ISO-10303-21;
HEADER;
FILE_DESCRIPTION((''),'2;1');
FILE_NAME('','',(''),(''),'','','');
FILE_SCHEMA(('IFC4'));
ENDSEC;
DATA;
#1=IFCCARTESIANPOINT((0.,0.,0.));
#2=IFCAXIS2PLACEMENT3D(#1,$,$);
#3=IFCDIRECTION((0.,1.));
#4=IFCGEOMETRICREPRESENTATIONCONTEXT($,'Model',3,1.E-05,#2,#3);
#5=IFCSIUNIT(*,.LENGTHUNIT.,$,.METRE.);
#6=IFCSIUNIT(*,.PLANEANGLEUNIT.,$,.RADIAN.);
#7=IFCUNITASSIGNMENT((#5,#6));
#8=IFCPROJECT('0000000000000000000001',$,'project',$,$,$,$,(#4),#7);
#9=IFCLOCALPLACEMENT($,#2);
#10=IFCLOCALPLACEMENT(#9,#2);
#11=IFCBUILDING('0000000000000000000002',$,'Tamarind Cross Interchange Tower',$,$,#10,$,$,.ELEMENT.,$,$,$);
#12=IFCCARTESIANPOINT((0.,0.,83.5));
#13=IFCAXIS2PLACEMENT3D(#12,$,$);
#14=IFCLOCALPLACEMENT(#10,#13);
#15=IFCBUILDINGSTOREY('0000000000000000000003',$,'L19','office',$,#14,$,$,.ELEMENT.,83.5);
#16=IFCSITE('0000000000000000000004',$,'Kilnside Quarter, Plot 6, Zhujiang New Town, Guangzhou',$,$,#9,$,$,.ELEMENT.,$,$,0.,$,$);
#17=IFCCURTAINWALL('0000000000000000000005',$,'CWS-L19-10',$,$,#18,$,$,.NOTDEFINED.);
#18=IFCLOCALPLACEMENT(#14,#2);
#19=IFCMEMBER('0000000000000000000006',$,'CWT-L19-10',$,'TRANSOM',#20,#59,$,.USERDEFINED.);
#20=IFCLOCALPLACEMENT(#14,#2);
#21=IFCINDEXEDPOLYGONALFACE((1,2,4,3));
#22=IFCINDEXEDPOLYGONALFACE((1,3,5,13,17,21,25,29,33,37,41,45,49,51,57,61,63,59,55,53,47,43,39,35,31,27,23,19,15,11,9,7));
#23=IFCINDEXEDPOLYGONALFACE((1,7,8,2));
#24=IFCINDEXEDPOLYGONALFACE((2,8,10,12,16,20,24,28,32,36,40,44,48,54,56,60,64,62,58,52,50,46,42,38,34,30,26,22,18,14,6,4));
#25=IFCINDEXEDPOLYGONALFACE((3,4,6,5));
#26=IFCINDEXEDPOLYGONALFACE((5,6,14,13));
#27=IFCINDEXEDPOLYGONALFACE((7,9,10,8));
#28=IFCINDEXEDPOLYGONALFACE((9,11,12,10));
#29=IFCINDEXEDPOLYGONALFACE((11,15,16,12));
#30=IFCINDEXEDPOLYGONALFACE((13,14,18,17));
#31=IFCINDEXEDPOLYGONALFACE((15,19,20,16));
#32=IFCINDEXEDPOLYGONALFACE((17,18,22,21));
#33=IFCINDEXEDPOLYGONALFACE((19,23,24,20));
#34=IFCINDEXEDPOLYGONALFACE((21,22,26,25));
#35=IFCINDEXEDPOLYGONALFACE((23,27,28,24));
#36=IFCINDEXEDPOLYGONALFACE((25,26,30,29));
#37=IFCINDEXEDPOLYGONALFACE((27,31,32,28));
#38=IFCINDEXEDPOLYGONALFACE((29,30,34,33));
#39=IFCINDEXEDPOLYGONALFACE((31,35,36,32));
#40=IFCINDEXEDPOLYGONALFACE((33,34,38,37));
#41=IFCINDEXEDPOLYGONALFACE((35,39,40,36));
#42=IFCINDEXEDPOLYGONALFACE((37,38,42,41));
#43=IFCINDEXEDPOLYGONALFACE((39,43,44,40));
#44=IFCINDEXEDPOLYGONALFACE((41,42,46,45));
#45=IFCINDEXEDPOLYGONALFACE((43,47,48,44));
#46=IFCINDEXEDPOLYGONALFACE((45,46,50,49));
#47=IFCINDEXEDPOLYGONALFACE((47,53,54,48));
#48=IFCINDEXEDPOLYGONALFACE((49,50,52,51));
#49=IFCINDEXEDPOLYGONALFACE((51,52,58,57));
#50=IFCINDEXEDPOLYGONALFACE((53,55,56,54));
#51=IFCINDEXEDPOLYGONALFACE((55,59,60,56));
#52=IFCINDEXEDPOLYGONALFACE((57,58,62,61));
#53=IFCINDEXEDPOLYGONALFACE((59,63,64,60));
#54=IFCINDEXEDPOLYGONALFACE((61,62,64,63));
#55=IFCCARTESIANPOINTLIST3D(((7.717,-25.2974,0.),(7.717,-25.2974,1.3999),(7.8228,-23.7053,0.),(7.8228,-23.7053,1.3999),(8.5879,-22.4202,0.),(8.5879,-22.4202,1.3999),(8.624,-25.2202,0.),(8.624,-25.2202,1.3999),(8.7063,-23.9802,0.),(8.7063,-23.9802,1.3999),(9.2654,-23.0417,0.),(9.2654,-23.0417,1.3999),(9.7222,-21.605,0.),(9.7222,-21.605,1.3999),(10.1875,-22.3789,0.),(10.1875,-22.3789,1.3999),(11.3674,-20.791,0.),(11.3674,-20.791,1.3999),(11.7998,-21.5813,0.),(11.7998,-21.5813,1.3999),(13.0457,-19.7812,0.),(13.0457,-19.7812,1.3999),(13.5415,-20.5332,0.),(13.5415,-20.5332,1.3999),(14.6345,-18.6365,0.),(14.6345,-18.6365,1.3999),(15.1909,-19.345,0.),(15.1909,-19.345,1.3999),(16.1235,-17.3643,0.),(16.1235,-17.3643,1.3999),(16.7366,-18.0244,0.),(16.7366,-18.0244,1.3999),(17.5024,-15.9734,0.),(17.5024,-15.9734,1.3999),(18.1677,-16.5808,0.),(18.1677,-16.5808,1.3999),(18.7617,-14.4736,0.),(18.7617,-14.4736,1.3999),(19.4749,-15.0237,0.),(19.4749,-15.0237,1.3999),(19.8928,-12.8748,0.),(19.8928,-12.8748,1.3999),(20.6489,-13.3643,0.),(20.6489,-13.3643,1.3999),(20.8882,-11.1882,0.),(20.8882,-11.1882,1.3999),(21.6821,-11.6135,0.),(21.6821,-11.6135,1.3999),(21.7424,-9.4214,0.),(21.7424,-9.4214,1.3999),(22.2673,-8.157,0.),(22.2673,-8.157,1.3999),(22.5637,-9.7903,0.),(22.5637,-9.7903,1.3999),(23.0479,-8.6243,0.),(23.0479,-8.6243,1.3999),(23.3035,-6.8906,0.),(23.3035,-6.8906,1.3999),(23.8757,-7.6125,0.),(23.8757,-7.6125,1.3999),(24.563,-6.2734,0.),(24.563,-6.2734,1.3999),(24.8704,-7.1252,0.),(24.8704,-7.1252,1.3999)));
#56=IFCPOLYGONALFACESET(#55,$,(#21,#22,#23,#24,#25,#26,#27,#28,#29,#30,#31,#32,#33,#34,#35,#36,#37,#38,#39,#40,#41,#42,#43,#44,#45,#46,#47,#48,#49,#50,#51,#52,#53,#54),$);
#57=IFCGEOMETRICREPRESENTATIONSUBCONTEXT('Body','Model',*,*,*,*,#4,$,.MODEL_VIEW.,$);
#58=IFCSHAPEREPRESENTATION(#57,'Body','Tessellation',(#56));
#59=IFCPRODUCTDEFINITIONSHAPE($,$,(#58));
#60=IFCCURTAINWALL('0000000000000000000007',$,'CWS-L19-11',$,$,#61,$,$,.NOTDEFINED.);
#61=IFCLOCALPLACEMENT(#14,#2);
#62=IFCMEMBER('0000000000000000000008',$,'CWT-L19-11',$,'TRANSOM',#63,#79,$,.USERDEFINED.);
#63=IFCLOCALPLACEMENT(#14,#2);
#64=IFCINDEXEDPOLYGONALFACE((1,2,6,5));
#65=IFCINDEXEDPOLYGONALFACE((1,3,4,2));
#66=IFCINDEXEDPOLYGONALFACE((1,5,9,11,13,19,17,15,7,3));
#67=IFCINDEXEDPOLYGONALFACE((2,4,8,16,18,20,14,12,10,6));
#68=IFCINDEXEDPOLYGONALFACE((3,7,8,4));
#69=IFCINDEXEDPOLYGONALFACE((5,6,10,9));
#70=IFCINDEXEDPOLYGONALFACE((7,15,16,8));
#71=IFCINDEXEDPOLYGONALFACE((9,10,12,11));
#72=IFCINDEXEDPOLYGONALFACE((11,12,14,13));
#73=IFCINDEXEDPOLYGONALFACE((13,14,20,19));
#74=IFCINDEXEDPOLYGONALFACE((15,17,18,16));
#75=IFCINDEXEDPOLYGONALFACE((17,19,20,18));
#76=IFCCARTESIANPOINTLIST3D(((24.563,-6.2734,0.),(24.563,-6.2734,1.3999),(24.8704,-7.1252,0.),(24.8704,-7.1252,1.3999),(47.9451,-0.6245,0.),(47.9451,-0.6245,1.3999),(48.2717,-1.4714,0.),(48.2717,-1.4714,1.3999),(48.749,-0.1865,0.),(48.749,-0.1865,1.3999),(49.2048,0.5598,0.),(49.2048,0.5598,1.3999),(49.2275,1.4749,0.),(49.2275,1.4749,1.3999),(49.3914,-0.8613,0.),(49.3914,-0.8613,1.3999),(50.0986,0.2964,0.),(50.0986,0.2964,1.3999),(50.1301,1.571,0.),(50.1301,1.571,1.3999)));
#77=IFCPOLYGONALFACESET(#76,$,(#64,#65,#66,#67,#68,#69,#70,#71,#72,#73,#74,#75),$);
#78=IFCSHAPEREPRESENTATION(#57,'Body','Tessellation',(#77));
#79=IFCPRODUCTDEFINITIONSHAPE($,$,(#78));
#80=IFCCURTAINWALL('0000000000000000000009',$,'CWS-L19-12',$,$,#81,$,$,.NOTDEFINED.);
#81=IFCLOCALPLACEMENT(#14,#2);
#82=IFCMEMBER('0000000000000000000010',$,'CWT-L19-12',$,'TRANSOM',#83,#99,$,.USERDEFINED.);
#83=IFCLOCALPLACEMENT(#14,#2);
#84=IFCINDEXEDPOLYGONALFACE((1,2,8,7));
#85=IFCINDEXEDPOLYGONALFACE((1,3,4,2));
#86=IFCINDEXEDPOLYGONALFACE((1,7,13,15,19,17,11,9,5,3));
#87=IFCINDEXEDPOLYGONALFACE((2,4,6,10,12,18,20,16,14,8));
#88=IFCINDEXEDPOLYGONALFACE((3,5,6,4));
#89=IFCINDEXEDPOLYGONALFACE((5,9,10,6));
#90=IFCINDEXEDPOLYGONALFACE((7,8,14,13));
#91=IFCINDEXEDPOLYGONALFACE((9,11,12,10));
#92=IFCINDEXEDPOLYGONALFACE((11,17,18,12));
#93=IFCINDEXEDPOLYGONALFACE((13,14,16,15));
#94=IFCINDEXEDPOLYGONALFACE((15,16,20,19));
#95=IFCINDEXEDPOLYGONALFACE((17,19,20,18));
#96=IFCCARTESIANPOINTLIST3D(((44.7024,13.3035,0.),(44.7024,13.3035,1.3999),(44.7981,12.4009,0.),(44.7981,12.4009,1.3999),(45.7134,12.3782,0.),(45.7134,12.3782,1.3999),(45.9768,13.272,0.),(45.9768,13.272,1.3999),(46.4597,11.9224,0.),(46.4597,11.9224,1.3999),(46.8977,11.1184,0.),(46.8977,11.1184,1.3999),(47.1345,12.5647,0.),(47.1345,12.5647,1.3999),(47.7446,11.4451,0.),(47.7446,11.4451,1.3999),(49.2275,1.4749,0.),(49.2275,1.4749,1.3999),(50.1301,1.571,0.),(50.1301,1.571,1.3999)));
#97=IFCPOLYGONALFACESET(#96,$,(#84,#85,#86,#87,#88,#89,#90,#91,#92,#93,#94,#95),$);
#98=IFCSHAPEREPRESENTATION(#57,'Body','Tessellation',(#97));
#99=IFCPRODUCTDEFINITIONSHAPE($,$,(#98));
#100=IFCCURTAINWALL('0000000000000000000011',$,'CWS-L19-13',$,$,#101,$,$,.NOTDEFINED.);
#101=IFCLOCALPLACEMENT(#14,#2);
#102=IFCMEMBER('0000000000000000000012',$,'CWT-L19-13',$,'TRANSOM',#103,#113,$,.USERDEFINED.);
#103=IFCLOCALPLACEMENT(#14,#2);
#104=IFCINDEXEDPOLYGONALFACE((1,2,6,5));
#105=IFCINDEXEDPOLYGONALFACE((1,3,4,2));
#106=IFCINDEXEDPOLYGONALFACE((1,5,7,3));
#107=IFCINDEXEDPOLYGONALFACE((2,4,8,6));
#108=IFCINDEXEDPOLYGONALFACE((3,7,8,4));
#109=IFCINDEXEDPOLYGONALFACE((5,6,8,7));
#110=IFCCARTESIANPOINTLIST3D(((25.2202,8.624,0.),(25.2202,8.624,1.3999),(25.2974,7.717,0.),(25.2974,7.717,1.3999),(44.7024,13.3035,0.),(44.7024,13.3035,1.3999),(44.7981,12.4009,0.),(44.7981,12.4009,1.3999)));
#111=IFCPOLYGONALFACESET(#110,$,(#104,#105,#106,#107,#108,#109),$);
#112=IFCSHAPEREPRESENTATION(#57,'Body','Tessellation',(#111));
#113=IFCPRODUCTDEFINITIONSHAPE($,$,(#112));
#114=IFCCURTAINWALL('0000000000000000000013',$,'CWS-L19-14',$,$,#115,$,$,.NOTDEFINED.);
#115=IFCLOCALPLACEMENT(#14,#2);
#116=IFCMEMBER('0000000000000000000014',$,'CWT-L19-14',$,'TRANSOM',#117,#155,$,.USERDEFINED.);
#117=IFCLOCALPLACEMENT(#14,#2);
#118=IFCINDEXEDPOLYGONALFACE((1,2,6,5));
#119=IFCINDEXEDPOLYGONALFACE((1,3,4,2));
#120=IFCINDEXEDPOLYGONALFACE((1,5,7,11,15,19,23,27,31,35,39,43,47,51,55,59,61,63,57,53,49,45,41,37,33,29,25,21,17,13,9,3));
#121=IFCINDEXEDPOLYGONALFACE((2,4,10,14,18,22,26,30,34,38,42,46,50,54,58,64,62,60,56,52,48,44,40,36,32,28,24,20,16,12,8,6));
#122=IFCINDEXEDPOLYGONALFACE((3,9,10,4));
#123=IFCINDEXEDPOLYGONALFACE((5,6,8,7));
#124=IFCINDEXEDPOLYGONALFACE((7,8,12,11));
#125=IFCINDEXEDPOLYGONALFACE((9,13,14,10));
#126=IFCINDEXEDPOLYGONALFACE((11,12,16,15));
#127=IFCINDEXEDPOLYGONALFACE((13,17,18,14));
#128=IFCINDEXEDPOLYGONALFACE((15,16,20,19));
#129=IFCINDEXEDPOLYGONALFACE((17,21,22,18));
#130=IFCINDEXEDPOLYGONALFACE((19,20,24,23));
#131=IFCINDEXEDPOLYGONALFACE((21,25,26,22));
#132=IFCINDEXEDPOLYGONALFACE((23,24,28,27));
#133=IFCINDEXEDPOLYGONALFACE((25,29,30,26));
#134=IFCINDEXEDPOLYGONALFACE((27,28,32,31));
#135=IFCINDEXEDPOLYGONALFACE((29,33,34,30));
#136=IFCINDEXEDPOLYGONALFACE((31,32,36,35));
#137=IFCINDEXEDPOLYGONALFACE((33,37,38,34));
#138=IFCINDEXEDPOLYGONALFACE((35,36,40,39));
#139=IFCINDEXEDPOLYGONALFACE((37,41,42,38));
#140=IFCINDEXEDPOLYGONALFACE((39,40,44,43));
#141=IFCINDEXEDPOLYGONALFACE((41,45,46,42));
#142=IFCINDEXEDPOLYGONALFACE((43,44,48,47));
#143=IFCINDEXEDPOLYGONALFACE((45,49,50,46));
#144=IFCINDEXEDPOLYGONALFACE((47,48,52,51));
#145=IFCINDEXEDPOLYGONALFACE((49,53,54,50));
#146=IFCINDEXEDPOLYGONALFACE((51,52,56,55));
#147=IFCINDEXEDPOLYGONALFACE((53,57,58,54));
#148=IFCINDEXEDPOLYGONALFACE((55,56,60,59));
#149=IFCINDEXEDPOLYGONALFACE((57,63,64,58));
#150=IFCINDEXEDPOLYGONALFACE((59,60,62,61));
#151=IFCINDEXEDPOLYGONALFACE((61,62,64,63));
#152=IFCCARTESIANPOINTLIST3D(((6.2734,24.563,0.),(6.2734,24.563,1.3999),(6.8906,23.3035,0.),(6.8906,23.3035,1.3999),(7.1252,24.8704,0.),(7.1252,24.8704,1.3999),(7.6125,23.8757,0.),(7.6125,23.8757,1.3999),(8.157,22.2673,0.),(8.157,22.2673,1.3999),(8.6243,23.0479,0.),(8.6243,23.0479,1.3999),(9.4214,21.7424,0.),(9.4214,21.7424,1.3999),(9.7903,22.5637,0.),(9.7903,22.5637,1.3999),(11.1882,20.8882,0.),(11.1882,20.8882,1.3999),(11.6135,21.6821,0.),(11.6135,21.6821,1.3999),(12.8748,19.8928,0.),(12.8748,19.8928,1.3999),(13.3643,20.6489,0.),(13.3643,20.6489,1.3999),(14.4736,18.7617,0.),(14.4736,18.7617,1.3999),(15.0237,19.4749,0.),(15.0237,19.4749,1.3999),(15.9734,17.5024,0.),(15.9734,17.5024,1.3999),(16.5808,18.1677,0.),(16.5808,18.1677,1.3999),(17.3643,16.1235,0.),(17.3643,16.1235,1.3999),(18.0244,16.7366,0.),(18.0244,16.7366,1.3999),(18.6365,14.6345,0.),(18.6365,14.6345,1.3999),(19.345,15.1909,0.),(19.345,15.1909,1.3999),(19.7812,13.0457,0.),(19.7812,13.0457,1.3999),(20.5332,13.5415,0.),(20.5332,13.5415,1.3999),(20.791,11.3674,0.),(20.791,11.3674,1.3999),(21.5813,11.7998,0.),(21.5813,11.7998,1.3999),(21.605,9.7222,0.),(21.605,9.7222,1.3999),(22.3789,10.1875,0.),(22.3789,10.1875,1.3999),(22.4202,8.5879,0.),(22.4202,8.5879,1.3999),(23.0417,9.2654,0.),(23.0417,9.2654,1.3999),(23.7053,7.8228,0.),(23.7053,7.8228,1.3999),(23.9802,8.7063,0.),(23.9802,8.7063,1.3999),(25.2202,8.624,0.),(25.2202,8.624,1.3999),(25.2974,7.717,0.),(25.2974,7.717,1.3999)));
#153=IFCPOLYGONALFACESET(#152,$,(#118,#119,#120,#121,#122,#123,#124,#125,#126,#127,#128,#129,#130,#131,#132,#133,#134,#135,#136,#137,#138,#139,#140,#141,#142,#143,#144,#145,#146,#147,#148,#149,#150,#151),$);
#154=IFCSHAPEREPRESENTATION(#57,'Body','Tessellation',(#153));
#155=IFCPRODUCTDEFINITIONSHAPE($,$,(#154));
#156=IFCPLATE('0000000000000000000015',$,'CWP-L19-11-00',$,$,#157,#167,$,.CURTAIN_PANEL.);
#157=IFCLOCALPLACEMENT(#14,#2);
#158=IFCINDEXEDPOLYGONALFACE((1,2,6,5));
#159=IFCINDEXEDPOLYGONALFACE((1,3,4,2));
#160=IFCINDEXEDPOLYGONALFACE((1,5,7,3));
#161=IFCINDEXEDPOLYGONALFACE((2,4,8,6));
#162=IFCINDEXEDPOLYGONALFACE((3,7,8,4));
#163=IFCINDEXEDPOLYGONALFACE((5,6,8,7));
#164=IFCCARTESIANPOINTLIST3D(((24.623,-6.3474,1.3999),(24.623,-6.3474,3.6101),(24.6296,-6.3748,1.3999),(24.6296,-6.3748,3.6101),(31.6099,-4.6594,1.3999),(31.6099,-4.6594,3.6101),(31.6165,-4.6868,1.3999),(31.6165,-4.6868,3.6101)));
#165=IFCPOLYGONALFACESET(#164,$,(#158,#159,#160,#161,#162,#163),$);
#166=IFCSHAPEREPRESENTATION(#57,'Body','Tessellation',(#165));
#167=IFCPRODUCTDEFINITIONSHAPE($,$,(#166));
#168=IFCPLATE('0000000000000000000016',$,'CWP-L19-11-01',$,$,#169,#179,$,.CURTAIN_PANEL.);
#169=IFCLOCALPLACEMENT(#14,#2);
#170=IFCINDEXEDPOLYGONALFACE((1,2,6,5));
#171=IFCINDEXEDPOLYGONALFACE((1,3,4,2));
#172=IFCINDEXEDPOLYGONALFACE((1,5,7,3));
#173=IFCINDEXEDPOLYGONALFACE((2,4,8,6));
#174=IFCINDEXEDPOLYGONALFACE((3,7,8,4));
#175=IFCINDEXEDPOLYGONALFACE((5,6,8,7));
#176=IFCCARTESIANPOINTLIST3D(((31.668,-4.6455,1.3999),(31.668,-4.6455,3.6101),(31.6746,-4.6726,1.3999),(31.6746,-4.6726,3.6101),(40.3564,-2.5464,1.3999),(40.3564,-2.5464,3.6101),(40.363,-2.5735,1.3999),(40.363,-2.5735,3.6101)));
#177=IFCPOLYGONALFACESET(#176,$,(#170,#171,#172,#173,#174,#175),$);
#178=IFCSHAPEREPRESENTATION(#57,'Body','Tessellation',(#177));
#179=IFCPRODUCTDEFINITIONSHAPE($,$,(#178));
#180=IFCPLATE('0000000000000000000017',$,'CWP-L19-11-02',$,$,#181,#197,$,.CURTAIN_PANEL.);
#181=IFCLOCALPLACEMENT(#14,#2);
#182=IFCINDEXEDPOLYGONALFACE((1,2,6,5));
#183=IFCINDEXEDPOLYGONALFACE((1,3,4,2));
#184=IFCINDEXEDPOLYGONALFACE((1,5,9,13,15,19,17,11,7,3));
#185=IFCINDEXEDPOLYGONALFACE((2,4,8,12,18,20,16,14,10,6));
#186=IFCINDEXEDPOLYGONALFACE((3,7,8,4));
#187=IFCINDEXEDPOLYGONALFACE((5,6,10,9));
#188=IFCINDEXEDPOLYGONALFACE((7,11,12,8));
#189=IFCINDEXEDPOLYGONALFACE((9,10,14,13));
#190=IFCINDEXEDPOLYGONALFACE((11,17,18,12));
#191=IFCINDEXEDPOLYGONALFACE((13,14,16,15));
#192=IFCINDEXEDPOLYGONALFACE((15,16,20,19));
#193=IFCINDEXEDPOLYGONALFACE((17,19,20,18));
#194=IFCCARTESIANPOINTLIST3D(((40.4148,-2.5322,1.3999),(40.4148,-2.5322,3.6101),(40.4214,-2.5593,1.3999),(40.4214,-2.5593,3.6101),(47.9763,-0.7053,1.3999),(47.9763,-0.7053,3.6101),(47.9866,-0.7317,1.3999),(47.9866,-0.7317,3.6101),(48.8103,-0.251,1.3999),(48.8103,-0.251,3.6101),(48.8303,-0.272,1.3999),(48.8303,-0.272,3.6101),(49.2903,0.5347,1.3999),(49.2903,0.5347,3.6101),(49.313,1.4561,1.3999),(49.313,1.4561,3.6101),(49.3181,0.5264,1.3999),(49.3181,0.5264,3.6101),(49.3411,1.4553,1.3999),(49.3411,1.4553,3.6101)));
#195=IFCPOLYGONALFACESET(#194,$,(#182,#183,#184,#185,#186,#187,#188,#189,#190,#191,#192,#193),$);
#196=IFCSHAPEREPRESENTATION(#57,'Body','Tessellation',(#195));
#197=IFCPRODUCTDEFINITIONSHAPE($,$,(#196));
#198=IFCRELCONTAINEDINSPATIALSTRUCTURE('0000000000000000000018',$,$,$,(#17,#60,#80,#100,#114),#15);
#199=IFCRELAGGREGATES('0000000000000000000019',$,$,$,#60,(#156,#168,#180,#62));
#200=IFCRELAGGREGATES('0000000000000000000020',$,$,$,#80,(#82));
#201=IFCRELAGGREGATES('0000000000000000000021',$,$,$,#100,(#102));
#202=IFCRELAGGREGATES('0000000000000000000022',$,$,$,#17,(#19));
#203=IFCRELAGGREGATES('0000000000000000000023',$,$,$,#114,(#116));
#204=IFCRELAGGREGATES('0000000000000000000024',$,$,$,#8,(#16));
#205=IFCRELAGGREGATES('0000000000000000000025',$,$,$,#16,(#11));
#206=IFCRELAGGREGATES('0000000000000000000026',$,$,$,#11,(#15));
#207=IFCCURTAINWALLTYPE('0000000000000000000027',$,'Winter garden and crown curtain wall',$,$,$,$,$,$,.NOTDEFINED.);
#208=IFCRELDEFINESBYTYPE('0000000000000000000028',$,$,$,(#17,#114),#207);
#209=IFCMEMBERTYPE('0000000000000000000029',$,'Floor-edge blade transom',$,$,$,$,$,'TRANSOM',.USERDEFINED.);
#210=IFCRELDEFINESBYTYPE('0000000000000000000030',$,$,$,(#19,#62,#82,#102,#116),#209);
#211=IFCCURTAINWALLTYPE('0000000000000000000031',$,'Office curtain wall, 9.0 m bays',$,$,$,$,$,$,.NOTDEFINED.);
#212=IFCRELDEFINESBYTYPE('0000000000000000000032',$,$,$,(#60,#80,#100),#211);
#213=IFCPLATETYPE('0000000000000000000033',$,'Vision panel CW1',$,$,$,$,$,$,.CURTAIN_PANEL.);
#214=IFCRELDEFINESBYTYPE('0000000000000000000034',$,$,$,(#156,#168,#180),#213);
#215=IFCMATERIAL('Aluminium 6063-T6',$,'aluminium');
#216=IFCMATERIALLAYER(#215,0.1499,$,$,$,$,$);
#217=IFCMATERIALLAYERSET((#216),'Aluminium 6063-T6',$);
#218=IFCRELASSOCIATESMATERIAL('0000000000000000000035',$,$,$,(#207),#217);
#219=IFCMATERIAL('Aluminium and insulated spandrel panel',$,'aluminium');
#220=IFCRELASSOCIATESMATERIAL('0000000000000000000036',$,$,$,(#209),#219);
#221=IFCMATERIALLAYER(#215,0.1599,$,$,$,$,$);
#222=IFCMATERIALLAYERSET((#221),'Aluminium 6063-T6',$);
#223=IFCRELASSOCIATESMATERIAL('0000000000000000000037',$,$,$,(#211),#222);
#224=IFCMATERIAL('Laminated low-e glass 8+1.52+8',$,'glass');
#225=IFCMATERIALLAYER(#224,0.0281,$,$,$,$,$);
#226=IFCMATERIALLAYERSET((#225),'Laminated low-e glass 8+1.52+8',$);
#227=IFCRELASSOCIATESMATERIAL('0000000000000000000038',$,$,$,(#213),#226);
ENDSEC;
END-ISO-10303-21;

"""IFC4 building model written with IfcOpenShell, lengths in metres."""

from ifc_helpers import new_model, si_unit, direction, frame, origin, place, context, subcontext, project, spatial, polyline, outline, extrude, material, layer, layer_set, type_object, element, aggregate, save


model = new_model("IFC4")

# Units and contexts
model_context = context("Model", 3, precision=1e-05, world=origin(), true_north=direction((0.0, 1.0)))
body_context = subcontext(model_context, "Body", "Model", "MODEL_VIEW")
ifc_project = project(units=[si_unit("LENGTHUNIT", "METRE"), si_unit("PLANEANGLEUNIT", "RADIAN")], contexts=[model_context])

# Site, building, storey
site_placement = place(None, origin())
site = spatial("IfcSite", under=ifc_project, at=site_placement, Name="Kilnside Quarter, Plot 6, Zhujiang New Town, Guangzhou", CompositionType="ELEMENT", RefElevation=0.0)
building_placement = place(site_placement, origin())
building = spatial("IfcBuilding", under=site, at=building_placement, Name="Tamarind Cross Interchange Tower", CompositionType="ELEMENT")
storey_placement = place(building_placement, frame((0.0, 0.0, 83.5)))
storey = spatial("IfcBuildingStorey", under=building, at=storey_placement, Name="L19", Description="office", CompositionType="ELEMENT", Elevation=83.5)

# Curtain walls, members
ifc_material_1 = material(Name="Aluminium 6063-T6", Category="aluminium")
ifc_layer_1 = layer(ifc_material_1, 0.1499)
ifc_layer_set_1 = layer_set([ifc_layer_1], Name="Aluminium 6063-T6")
curtain_wall_type_1 = type_object("IfcCurtainWallType", Name="Winter garden and crown curtain wall", PredefinedType="NOTDEFINED", material=ifc_layer_set_1)
curtain_wall_1_placement = place(storey_placement, origin())
curtain_wall_1 = element("IfcCurtainWall", 1, at=curtain_wall_1_placement, inside=storey, type_object=curtain_wall_type_1, Name="CWS-L19-10", PredefinedType="NOTDEFINED")
ifc_material_2 = material(Name="Aluminium and insulated spandrel panel", Category="aluminium")
member_type = type_object("IfcMemberType", Name="Floor-edge blade transom", ElementType="TRANSOM", PredefinedType="USERDEFINED", material=ifc_material_2)
member_1_placement = place(storey_placement, origin())
member_1 = element("IfcMember", 2, at=member_1_placement, type_object=member_type, Name="CWT-L19-10", ObjectType="TRANSOM", PredefinedType="USERDEFINED", context=body_context, shape_type="SweptSolid", body=[
    extrude(outline(polyline([(7.717, -25.2974), (7.8228, -23.7053), (8.5879, -22.4202), (9.7222, -21.605), (11.3674, -20.791), (13.0457, -19.7812), (14.6345, -18.6365), (16.1235, -17.3643), (17.5024, -15.9734), (18.7617, -14.4736), (19.8928, -12.8748), (20.8882, -11.1882), (21.7424, -9.4214), (22.2673, -8.157), (23.3035, -6.8906), (24.563, -6.2734), (24.8704, -7.1252), (23.8757, -7.6125), (23.0479, -8.6243), (22.5637, -9.7903), (21.6821, -11.6135), (20.6489, -13.3643), (19.4749, -15.0237), (18.1677, -16.5808), (16.7366, -18.0244), (15.1909, -19.345), (13.5415, -20.5332), (11.7998, -21.5813), (10.1875, -22.3789), (9.2654, -23.0417), (8.7063, -23.9802), (8.624, -25.2202), (7.717, -25.2974)])), origin(), (0.0, 0.0, 1.0), 1.3999),
])
ifc_layer_2 = layer(ifc_material_1, 0.1599)
ifc_layer_set_2 = layer_set([ifc_layer_2], Name="Aluminium 6063-T6")
curtain_wall_type_2 = type_object("IfcCurtainWallType", Name="Office curtain wall, 9.0 m bays", PredefinedType="NOTDEFINED", material=ifc_layer_set_2)
curtain_wall_2_placement = place(storey_placement, origin())
curtain_wall_2 = element("IfcCurtainWall", 3, at=curtain_wall_2_placement, inside=storey, type_object=curtain_wall_type_2, Name="CWS-L19-11", PredefinedType="NOTDEFINED")
member_2_placement = place(storey_placement, origin())
member_2 = element("IfcMember", 4, at=member_2_placement, type_object=member_type, Name="CWT-L19-11", ObjectType="TRANSOM", PredefinedType="USERDEFINED", context=body_context, shape_type="SweptSolid", body=[
    extrude(outline(polyline([(24.563, -6.2734), (47.9451, -0.6245), (48.749, -0.1865), (49.2048, 0.5598), (49.2275, 1.4749), (50.1301, 1.571), (50.0986, 0.2964), (49.3914, -0.8613), (48.2717, -1.4714), (24.8704, -7.1252), (24.563, -6.2734)])), origin(), (0.0, 0.0, 1.0), 1.3999),
])
curtain_wall_3_placement = place(storey_placement, origin())
curtain_wall_3 = element("IfcCurtainWall", 5, at=curtain_wall_3_placement, inside=storey, type_object=curtain_wall_type_2, Name="CWS-L19-12", PredefinedType="NOTDEFINED")
member_3_placement = place(storey_placement, origin())
member_3 = element("IfcMember", 6, at=member_3_placement, type_object=member_type, Name="CWT-L19-12", ObjectType="TRANSOM", PredefinedType="USERDEFINED", context=body_context, shape_type="SweptSolid", body=[
    extrude(outline(polyline([(49.2275, 1.4749), (46.8977, 11.1184), (46.4597, 11.9224), (45.7134, 12.3782), (44.7981, 12.4009), (44.7024, 13.3035), (45.9768, 13.272), (47.1345, 12.5647), (47.7446, 11.4451), (50.1301, 1.571), (49.2275, 1.4749)])), origin(), (0.0, 0.0, 1.0), 1.3999),
])
curtain_wall_4_placement = place(storey_placement, origin())
curtain_wall_4 = element("IfcCurtainWall", 7, at=curtain_wall_4_placement, inside=storey, type_object=curtain_wall_type_2, Name="CWS-L19-13", PredefinedType="NOTDEFINED")
member_4_placement = place(storey_placement, origin())
member_4 = element("IfcMember", 8, at=member_4_placement, type_object=member_type, Name="CWT-L19-13", ObjectType="TRANSOM", PredefinedType="USERDEFINED", context=body_context, shape_type="SweptSolid", body=[
    extrude(outline(polyline([(44.7981, 12.4009), (25.2974, 7.717), (25.2202, 8.624), (44.7024, 13.3035), (44.7981, 12.4009)])), origin(), (0.0, 0.0, 1.0), 1.3999),
])
curtain_wall_5_placement = place(storey_placement, origin())
curtain_wall_5 = element("IfcCurtainWall", 9, at=curtain_wall_5_placement, inside=storey, type_object=curtain_wall_type_1, Name="CWS-L19-14", PredefinedType="NOTDEFINED")
member_5_placement = place(storey_placement, origin())
member_5 = element("IfcMember", 10, at=member_5_placement, type_object=member_type, Name="CWT-L19-14", ObjectType="TRANSOM", PredefinedType="USERDEFINED", context=body_context, shape_type="SweptSolid", body=[
    extrude(outline(polyline([(25.2974, 7.717), (23.7053, 7.8228), (22.4202, 8.5879), (21.605, 9.7222), (20.791, 11.3674), (19.7812, 13.0457), (18.6365, 14.6345), (17.3643, 16.1235), (15.9734, 17.5024), (14.4736, 18.7617), (12.8748, 19.8928), (11.1882, 20.8882), (9.4214, 21.7424), (8.157, 22.2673), (6.8906, 23.3035), (6.2734, 24.563), (7.1252, 24.8704), (7.6125, 23.8757), (8.6243, 23.0479), (9.7903, 22.5637), (11.6135, 21.6821), (13.3643, 20.6489), (15.0237, 19.4749), (16.5808, 18.1677), (18.0244, 16.7366), (19.345, 15.1909), (20.5332, 13.5415), (21.5813, 11.7998), (22.3789, 10.1875), (23.0417, 9.2654), (23.9802, 8.7063), (25.2202, 8.624), (25.2974, 7.717)])), origin(), (0.0, 0.0, 1.0), 1.3999),
])

# Plates
ifc_material_3 = material(Name="Laminated low-e glass 8+1.52+8", Category="glass")
ifc_layer_3 = layer(ifc_material_3, 0.0281)
ifc_layer_set_3 = layer_set([ifc_layer_3], Name="Laminated low-e glass 8+1.52+8")
plate_type_1 = type_object("IfcPlateType", Name="Vision panel CW1", PredefinedType="CURTAIN_PANEL", material=ifc_layer_set_3)
plate_1_placement = place(storey_placement, frame((0.0, 0.0, 1.3999)))
plate_1 = element("IfcPlate", 11, at=plate_1_placement, type_object=plate_type_1, Name="CWP-L19-11-00", PredefinedType="CURTAIN_PANEL", context=body_context, shape_type="SweptSolid", body=[
    extrude(outline(polyline([(24.623, -6.3474), (31.6099, -4.6594), (31.6165, -4.6868), (24.6296, -6.3748), (24.623, -6.3474)])), origin(), (0.0, 0.0, 1.0), 2.2102),
])
plate_2_placement = place(storey_placement, frame((0.0, 0.0, 1.3999)))
plate_2 = element("IfcPlate", 12, at=plate_2_placement, type_object=plate_type_1, Name="CWP-L19-11-01", PredefinedType="CURTAIN_PANEL", context=body_context, shape_type="SweptSolid", body=[
    extrude(outline(polyline([(31.668, -4.6455), (40.3564, -2.5464), (40.363, -2.5735), (31.6746, -4.6726), (31.668, -4.6455)])), origin(), (0.0, 0.0, 1.0), 2.2102),
])
plate_3_placement = place(storey_placement, frame((0.0, 0.0, 1.3999)))
plate_3 = element("IfcPlate", 13, at=plate_3_placement, type_object=plate_type_1, Name="CWP-L19-11-02", PredefinedType="CURTAIN_PANEL", context=body_context, shape_type="SweptSolid", body=[
    extrude(outline(polyline([(40.4148, -2.5322), (47.9763, -0.7053), (48.8103, -0.251), (49.2903, 0.5347), (49.313, 1.4561), (49.3411, 1.4553), (49.3181, 0.5264), (48.8303, -0.272), (47.9866, -0.7317), (40.4214, -2.5593), (40.4148, -2.5322)])), origin(), (0.0, 0.0, 1.0), 2.2102),
])
aggregate(curtain_wall_2, [plate_1, plate_2, plate_3, member_2])
aggregate(curtain_wall_3, [member_3])
aggregate(curtain_wall_4, [member_4])
aggregate(curtain_wall_1, [member_1])
aggregate(curtain_wall_5, [member_5])

save(model, "model.ifc")
